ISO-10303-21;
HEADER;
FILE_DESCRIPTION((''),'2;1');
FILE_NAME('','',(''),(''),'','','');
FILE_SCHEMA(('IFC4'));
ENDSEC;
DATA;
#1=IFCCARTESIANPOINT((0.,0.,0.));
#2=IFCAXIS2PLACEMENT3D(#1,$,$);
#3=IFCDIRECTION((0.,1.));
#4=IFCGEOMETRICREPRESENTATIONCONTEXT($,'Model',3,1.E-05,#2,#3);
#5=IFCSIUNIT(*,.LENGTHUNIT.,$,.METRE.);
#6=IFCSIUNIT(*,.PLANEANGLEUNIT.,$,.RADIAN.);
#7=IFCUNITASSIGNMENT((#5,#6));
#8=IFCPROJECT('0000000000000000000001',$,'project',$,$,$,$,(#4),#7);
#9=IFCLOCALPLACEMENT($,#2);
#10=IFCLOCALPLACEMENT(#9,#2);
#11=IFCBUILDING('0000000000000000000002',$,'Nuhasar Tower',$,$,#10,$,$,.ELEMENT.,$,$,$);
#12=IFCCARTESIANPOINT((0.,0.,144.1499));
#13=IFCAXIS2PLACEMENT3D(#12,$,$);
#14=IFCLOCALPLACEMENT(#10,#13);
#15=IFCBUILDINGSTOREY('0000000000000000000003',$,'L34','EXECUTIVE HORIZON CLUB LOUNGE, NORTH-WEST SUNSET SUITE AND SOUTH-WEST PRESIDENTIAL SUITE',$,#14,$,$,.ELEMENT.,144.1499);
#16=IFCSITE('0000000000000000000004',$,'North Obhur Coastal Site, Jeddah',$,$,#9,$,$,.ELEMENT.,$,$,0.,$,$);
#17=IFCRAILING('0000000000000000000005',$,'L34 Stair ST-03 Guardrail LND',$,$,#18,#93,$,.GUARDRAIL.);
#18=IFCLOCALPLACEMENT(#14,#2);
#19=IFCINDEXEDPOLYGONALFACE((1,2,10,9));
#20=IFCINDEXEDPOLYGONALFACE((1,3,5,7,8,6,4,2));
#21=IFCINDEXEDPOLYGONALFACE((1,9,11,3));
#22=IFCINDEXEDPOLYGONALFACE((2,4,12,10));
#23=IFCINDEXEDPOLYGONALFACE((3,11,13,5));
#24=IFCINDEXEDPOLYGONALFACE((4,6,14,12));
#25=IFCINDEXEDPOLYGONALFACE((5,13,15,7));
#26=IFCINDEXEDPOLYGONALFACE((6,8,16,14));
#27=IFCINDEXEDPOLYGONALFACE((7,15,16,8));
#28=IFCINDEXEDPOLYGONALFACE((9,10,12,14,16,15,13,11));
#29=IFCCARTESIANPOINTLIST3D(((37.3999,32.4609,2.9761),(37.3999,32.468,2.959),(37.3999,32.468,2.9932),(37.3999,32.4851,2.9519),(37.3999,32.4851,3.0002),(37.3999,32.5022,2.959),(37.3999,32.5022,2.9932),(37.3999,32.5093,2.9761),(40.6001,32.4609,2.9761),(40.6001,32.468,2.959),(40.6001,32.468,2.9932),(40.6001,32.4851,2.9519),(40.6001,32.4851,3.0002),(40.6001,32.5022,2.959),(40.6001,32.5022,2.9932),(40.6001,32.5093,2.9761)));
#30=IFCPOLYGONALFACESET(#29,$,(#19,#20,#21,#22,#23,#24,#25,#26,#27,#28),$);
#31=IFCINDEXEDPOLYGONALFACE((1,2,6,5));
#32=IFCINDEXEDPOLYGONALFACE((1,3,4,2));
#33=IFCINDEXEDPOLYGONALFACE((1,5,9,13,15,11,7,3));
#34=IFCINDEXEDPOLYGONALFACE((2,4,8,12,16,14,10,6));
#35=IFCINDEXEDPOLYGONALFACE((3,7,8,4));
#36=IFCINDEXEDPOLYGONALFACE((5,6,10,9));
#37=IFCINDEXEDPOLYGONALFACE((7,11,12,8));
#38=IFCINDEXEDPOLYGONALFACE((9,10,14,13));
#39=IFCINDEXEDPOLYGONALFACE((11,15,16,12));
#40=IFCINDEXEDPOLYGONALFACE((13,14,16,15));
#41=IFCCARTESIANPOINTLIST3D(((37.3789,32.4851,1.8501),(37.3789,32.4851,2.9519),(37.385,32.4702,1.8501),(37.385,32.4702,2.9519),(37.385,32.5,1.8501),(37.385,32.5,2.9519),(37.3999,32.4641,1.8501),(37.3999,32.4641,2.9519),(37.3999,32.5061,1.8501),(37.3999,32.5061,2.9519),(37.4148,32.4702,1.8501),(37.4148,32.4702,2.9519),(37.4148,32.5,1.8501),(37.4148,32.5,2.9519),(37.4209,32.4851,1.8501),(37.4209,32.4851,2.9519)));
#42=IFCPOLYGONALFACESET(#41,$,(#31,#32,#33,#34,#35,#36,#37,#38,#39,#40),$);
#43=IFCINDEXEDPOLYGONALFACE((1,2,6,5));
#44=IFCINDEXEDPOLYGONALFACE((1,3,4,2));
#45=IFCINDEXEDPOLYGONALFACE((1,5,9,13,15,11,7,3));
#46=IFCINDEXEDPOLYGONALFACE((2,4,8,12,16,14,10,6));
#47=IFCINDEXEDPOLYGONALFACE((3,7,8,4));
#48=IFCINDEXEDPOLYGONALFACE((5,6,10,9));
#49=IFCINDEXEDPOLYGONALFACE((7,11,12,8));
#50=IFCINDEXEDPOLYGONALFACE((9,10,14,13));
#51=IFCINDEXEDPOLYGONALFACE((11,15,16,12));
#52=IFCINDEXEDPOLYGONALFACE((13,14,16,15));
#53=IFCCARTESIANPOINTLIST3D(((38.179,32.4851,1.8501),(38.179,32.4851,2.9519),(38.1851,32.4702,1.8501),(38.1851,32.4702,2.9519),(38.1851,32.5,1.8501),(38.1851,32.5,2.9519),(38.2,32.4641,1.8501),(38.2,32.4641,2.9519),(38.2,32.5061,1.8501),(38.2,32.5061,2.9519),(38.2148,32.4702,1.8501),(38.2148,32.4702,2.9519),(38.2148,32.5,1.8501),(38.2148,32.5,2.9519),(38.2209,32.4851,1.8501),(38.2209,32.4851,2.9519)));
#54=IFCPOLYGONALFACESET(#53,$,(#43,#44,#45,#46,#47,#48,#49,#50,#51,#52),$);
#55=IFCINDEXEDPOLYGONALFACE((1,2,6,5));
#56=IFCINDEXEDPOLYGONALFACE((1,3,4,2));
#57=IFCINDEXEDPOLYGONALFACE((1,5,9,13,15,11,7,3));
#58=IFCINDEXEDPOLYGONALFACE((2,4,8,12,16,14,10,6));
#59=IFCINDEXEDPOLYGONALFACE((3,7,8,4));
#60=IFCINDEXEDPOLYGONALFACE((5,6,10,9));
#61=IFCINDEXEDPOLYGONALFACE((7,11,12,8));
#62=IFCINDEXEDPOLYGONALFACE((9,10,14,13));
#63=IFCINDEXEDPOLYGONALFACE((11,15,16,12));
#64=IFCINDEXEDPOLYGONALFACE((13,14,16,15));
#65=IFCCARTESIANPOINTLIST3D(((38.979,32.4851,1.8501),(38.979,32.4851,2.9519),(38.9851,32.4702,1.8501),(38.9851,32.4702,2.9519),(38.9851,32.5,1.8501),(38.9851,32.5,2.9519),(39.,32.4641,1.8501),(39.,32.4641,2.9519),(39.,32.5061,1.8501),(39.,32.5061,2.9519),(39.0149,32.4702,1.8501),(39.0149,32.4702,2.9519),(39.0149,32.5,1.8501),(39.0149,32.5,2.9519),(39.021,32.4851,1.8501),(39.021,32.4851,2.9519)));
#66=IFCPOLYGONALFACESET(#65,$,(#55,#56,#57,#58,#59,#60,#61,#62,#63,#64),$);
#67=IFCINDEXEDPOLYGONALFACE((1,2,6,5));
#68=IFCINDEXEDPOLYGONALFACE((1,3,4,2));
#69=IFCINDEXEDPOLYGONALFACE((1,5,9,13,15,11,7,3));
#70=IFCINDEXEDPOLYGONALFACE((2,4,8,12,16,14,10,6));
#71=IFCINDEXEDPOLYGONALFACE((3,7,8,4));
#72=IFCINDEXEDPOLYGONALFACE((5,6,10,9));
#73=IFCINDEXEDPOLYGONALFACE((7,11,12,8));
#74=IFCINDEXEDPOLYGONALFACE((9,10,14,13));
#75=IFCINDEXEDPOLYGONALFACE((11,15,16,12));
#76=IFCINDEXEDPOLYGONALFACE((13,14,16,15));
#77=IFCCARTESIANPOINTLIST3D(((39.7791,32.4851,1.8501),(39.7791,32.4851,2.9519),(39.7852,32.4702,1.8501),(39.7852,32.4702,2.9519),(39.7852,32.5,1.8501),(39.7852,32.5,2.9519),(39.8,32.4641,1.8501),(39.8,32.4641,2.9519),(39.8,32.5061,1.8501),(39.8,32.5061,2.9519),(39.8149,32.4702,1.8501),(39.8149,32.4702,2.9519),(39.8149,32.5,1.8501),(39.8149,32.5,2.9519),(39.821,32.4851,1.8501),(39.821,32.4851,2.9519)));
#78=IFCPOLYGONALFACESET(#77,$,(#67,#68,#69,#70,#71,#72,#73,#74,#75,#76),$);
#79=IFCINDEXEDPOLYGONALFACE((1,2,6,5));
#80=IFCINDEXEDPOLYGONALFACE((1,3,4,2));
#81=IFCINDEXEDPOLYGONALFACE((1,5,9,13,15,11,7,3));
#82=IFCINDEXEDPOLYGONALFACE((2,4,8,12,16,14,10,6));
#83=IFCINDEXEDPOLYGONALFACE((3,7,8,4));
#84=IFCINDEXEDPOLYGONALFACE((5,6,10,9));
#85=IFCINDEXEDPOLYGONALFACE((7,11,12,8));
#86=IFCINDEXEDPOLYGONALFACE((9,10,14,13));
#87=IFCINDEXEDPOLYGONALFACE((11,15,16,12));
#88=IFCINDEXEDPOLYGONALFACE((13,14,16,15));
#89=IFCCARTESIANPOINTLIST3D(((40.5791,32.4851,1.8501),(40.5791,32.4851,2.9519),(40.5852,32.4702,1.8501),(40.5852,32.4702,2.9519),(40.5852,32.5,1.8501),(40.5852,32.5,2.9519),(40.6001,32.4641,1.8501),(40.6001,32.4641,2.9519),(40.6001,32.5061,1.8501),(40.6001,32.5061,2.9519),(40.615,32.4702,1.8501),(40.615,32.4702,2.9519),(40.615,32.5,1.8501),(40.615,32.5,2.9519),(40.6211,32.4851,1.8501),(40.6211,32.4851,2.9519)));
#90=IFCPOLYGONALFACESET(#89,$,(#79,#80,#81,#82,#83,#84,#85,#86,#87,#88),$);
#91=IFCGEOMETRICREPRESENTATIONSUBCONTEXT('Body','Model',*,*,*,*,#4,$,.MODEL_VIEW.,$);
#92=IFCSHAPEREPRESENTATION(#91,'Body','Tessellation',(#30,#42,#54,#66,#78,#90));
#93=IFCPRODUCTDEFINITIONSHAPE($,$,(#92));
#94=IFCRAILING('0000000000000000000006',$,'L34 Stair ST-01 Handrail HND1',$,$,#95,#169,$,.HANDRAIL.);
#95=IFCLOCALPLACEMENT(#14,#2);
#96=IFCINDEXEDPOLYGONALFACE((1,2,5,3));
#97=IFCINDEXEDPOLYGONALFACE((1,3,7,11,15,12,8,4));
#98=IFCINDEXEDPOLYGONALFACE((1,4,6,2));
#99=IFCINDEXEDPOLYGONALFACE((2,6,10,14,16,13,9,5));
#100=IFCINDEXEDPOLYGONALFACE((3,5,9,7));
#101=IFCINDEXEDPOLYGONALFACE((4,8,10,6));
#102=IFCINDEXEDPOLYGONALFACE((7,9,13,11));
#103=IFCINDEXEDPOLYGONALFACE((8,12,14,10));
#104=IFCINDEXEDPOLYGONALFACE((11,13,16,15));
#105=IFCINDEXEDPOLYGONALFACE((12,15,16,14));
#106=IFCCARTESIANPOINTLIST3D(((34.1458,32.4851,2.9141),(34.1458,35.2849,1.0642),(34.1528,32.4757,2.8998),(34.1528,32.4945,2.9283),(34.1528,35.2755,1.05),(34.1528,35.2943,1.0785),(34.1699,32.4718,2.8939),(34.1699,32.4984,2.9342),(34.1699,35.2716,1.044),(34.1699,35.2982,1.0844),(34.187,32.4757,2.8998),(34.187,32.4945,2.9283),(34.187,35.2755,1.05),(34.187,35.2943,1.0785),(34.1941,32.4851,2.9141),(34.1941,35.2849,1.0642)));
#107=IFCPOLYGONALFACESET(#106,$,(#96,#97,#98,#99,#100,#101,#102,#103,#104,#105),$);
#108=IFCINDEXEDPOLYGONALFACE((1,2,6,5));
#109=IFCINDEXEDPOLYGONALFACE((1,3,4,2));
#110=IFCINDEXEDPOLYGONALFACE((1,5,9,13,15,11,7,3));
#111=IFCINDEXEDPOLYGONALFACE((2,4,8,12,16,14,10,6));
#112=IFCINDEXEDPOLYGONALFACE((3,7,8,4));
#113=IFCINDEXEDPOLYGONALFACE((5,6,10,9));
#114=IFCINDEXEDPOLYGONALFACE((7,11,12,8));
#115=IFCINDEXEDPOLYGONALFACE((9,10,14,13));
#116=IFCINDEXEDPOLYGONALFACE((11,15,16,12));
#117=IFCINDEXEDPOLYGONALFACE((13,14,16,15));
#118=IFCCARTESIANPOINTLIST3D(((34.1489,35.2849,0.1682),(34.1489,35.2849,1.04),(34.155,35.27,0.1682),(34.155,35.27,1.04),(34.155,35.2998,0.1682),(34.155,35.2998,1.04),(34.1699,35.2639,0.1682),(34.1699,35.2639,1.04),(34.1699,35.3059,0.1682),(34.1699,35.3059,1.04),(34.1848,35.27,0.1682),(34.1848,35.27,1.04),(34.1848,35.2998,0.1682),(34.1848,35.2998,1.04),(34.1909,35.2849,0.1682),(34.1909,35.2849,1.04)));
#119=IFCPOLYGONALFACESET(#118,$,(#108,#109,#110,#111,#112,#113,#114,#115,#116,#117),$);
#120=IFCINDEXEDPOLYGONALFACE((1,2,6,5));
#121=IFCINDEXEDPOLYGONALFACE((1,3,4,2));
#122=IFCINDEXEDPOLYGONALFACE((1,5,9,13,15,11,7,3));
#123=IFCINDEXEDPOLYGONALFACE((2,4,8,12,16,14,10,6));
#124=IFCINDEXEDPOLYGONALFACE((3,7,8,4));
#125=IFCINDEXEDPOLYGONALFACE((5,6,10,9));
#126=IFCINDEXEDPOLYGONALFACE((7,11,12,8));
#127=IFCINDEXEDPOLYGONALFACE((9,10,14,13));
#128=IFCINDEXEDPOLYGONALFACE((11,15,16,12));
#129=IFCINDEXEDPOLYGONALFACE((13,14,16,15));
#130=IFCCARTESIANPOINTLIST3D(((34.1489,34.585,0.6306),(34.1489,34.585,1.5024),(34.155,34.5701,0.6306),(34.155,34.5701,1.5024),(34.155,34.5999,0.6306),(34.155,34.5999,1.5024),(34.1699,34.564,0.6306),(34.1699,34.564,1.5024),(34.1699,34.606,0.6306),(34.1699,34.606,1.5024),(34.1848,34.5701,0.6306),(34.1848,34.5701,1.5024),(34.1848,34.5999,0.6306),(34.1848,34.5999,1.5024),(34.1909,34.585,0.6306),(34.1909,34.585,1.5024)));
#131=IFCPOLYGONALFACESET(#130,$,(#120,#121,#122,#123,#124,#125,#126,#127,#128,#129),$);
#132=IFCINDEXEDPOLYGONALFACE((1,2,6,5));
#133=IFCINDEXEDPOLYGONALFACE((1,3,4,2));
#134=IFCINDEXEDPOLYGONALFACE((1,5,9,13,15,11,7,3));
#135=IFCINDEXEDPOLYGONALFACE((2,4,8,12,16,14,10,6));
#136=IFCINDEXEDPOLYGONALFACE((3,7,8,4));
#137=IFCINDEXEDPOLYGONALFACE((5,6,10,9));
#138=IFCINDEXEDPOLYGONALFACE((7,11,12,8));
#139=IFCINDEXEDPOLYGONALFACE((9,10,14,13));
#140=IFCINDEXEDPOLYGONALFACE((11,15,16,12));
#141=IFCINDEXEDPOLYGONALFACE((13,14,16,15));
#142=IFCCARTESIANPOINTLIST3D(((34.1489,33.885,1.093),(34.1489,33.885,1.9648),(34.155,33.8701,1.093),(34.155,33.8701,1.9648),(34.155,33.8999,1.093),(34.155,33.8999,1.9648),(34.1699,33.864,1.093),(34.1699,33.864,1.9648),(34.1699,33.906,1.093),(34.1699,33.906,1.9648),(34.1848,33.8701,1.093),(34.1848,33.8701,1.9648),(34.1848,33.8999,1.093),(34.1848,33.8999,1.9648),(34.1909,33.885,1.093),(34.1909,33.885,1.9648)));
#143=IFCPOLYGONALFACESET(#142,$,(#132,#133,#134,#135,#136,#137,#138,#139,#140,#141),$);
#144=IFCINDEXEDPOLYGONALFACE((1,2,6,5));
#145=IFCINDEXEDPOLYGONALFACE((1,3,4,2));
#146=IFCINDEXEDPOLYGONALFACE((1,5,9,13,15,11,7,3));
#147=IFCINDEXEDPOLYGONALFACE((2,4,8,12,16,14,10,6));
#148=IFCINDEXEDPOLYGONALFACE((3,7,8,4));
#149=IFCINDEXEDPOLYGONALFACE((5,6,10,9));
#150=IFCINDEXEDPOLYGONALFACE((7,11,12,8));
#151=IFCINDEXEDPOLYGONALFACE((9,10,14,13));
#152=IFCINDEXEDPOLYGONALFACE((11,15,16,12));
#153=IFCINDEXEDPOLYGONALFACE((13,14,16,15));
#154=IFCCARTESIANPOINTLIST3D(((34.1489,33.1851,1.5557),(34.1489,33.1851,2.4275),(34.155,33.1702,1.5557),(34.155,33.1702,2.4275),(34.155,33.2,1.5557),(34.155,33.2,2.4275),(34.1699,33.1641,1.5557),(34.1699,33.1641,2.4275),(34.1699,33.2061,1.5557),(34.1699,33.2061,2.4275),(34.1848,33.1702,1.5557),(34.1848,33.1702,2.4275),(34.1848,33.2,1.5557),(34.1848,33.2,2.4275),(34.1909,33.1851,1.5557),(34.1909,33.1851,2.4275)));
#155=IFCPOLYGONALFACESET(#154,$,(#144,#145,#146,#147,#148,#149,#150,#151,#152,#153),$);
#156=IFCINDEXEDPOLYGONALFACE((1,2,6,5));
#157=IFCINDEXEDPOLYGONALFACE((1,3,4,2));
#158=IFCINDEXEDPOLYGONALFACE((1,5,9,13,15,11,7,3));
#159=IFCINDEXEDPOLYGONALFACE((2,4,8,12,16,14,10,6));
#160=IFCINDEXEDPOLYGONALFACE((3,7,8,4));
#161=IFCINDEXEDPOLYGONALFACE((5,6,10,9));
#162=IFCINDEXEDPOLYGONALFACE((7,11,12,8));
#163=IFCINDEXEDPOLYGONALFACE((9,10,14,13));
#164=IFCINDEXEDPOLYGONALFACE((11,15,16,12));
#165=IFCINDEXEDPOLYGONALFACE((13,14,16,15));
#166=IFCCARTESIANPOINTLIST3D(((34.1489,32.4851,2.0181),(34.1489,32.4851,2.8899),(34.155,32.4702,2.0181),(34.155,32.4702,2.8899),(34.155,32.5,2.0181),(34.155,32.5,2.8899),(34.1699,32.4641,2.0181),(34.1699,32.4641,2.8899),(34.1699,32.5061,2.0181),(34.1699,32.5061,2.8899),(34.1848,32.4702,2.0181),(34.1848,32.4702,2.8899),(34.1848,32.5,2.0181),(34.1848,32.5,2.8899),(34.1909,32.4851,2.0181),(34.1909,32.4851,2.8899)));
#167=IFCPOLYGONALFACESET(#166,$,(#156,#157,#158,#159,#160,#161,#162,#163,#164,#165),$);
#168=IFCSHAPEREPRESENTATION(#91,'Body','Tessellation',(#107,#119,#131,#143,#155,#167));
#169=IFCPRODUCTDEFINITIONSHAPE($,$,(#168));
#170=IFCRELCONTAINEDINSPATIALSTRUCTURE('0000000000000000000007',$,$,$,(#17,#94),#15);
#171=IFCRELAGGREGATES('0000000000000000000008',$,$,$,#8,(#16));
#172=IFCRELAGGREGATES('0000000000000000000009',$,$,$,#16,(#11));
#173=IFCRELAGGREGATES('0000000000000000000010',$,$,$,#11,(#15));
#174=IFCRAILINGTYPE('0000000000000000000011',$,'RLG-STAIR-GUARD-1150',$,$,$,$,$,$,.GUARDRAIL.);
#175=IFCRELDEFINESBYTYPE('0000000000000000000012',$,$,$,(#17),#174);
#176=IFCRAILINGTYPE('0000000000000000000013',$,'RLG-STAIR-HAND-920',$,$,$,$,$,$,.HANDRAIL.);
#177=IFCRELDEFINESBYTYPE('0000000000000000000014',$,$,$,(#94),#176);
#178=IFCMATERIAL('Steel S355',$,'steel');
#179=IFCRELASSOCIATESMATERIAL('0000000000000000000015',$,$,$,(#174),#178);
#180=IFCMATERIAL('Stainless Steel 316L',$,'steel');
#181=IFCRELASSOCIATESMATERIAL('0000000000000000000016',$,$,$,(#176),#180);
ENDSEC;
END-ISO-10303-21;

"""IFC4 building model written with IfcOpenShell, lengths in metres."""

from ifc_helpers import new_model, si_unit, direction, frame, origin, place, context, subcontext, project, spatial, polyline, outline, extrude, material, type_object, element, save


model = new_model("IFC4")

# Units and contexts
model_context = context("Model", 3, precision=1e-05, world=origin(), true_north=direction((0.0, 1.0)))
body_context = subcontext(model_context, "Body", "Model", "MODEL_VIEW")
ifc_project = project(units=[si_unit("LENGTHUNIT", "METRE"), si_unit("PLANEANGLEUNIT", "RADIAN")], contexts=[model_context])

# Site, building, storey
site_placement = place(None, origin())
site = spatial("IfcSite", under=ifc_project, at=site_placement, Name="North Obhur Coastal Site, Jeddah", CompositionType="ELEMENT", RefElevation=0.0)
building_placement = place(site_placement, origin())
building = spatial("IfcBuilding", under=site, at=building_placement, Name="Nuhasar Tower", CompositionType="ELEMENT")
storey_placement = place(building_placement, frame((0.0, 0.0, 144.1499)))
storey = spatial("IfcBuildingStorey", under=building, at=storey_placement, Name="L34", Description="EXECUTIVE HORIZON CLUB LOUNGE, NORTH-WEST SUNSET SUITE AND SOUTH-WEST PRESIDENTIAL SUITE", CompositionType="ELEMENT", Elevation=144.1499)

# Shared definitions
ifc_material_1 = material(Name="Steel S355", Category="steel")

# Railings
railing_type_1 = type_object("IfcRailingType", Name="RLG-STAIR-GUARD-1150", PredefinedType="GUARDRAIL", material=ifc_material_1)
railing_1_placement = place(storey_placement, frame((37.3999, 32.4851, 1.8501)))
element("IfcRailing", 1, at=railing_1_placement, inside=storey, type_object=railing_type_1, Name="L34 Stair ST-03 Guardrail LND", PredefinedType="GUARDRAIL", context=body_context, shape_type="SweptSolid", body=[
    extrude(outline(polyline([(0.0242, 0.0), (0.0171, 0.0171), (0.0, 0.0242), (-0.0171, 0.0171), (-0.0242, 0.0), (-0.0171, -0.0171), (0.0, -0.0242), (0.0171, -0.0171), (0.0242, 0.0)])), frame((0.0, 0.0, 1.126), z_axis=(1.0, 0.0, 0.0), x_axis=(0.0, 1.0, 0.0)), (0.0, 0.0, 1.0), 3.2002),
    extrude(outline(polyline([(0.021, 0.0), (0.0149, 0.0149), (0.0, 0.021), (-0.0149, 0.0149), (-0.021, 0.0), (-0.0149, -0.0149), (0.0, -0.021), (0.0149, -0.0149), (0.021, 0.0)])), origin(), (0.0, 0.0, 1.0), 1.1018),
    extrude(outline(polyline([(0.021, 0.0), (0.0149, 0.0149), (0.0, 0.021), (-0.0149, 0.0149), (-0.021, 0.0), (-0.0149, -0.0149), (0.0, -0.021), (0.0149, -0.0149), (0.021, 0.0)])), frame((0.8, 0.0, 0.0)), (0.0, 0.0, 1.0), 1.1018),
    extrude(outline(polyline([(0.021, 0.0), (0.0149, 0.0149), (0.0, 0.021), (-0.0149, 0.0149), (-0.021, 0.0), (-0.0149, -0.0149), (0.0, -0.021), (0.0149, -0.0149), (0.021, 0.0)])), frame((1.6001, 0.0, 0.0)), (0.0, 0.0, 1.0), 1.1018),
    extrude(outline(polyline([(0.021, 0.0), (0.0149, 0.0149), (0.0, 0.021), (-0.0149, 0.0149), (-0.021, 0.0), (-0.0149, -0.0149), (0.0, -0.021), (0.0149, -0.0149), (0.021, 0.0)])), frame((2.4001, 0.0, 0.0)), (0.0, 0.0, 1.0), 1.1018),
    extrude(outline(polyline([(0.021, 0.0), (0.0149, 0.0149), (0.0, 0.021), (-0.0149, 0.0149), (-0.021, 0.0), (-0.0149, -0.0149), (0.0, -0.021), (0.0149, -0.0149), (0.021, 0.0)])), frame((3.2002, 0.0, 0.0)), (0.0, 0.0, 1.0), 1.1018),
])
ifc_material_2 = material(Name="Stainless Steel 316L", Category="steel")
railing_type_2 = type_object("IfcRailingType", Name="RLG-STAIR-HAND-920", PredefinedType="HANDRAIL", material=ifc_material_2)
railing_2_placement = place(storey_placement, frame((34.1699, 35.2849, 0.1682)))
element("IfcRailing", 2, at=railing_2_placement, inside=storey, type_object=railing_type_2, Name="L34 Stair ST-01 Handrail HND1", PredefinedType="HANDRAIL", context=body_context, shape_type="SweptSolid", body=[
    extrude(outline(polyline([(0.0242, 0.0), (0.0171, 0.0171), (0.0, 0.0242), (-0.0171, 0.0171), (-0.0242, 0.0), (-0.0171, -0.0171), (0.0, -0.0242), (0.0171, -0.0171), (0.0242, 0.0)])), frame((0.0, 0.0, 0.896), z_axis=(0.0, -0.834338, 0.551254), x_axis=(1.0, 0.0, 0.0)), (0.0, 0.0, 1.0), 3.3557),
    extrude(outline(polyline([(0.021, 0.0), (0.0149, 0.0149), (0.0, 0.021), (-0.0149, 0.0149), (-0.021, 0.0), (-0.0149, -0.0149), (0.0, -0.021), (0.0149, -0.0149), (0.021, 0.0)])), origin(), (0.0, 0.0, 1.0), 0.8718),
    extrude(outline(polyline([(0.021, 0.0), (0.0149, 0.0149), (0.0, 0.021), (-0.0149, 0.0149), (-0.021, 0.0), (-0.0149, -0.0149), (0.0, -0.021), (0.0149, -0.0149), (0.021, 0.0)])), frame((0.0, -0.7, 0.4624)), (0.0, 0.0, 1.0), 0.8718),
    extrude(outline(polyline([(0.021, 0.0), (0.0149, 0.0149), (0.0, 0.021), (-0.0149, 0.0149), (-0.021, 0.0), (-0.0149, -0.0149), (0.0, -0.021), (0.0149, -0.0149), (0.021, 0.0)])), frame((0.0, -1.3999, 0.9248)), (0.0, 0.0, 1.0), 0.8718),
    extrude(outline(polyline([(0.021, 0.0), (0.0149, 0.0149), (0.0, 0.021), (-0.0149, 0.0149), (-0.021, 0.0), (-0.0149, -0.0149), (0.0, -0.021), (0.0149, -0.0149), (0.021, 0.0)])), frame((0.0, -2.0999, 1.3875)), (0.0, 0.0, 1.0), 0.8718),
    extrude(outline(polyline([(0.021, 0.0), (0.0149, 0.0149), (0.0, 0.021), (-0.0149, 0.0149), (-0.021, 0.0), (-0.0149, -0.0149), (0.0, -0.021), (0.0149, -0.0149), (0.021, 0.0)])), frame((0.0, -2.7998, 1.8499)), (0.0, 0.0, 1.0), 0.8718),
])

save(model, "model.ifc")
